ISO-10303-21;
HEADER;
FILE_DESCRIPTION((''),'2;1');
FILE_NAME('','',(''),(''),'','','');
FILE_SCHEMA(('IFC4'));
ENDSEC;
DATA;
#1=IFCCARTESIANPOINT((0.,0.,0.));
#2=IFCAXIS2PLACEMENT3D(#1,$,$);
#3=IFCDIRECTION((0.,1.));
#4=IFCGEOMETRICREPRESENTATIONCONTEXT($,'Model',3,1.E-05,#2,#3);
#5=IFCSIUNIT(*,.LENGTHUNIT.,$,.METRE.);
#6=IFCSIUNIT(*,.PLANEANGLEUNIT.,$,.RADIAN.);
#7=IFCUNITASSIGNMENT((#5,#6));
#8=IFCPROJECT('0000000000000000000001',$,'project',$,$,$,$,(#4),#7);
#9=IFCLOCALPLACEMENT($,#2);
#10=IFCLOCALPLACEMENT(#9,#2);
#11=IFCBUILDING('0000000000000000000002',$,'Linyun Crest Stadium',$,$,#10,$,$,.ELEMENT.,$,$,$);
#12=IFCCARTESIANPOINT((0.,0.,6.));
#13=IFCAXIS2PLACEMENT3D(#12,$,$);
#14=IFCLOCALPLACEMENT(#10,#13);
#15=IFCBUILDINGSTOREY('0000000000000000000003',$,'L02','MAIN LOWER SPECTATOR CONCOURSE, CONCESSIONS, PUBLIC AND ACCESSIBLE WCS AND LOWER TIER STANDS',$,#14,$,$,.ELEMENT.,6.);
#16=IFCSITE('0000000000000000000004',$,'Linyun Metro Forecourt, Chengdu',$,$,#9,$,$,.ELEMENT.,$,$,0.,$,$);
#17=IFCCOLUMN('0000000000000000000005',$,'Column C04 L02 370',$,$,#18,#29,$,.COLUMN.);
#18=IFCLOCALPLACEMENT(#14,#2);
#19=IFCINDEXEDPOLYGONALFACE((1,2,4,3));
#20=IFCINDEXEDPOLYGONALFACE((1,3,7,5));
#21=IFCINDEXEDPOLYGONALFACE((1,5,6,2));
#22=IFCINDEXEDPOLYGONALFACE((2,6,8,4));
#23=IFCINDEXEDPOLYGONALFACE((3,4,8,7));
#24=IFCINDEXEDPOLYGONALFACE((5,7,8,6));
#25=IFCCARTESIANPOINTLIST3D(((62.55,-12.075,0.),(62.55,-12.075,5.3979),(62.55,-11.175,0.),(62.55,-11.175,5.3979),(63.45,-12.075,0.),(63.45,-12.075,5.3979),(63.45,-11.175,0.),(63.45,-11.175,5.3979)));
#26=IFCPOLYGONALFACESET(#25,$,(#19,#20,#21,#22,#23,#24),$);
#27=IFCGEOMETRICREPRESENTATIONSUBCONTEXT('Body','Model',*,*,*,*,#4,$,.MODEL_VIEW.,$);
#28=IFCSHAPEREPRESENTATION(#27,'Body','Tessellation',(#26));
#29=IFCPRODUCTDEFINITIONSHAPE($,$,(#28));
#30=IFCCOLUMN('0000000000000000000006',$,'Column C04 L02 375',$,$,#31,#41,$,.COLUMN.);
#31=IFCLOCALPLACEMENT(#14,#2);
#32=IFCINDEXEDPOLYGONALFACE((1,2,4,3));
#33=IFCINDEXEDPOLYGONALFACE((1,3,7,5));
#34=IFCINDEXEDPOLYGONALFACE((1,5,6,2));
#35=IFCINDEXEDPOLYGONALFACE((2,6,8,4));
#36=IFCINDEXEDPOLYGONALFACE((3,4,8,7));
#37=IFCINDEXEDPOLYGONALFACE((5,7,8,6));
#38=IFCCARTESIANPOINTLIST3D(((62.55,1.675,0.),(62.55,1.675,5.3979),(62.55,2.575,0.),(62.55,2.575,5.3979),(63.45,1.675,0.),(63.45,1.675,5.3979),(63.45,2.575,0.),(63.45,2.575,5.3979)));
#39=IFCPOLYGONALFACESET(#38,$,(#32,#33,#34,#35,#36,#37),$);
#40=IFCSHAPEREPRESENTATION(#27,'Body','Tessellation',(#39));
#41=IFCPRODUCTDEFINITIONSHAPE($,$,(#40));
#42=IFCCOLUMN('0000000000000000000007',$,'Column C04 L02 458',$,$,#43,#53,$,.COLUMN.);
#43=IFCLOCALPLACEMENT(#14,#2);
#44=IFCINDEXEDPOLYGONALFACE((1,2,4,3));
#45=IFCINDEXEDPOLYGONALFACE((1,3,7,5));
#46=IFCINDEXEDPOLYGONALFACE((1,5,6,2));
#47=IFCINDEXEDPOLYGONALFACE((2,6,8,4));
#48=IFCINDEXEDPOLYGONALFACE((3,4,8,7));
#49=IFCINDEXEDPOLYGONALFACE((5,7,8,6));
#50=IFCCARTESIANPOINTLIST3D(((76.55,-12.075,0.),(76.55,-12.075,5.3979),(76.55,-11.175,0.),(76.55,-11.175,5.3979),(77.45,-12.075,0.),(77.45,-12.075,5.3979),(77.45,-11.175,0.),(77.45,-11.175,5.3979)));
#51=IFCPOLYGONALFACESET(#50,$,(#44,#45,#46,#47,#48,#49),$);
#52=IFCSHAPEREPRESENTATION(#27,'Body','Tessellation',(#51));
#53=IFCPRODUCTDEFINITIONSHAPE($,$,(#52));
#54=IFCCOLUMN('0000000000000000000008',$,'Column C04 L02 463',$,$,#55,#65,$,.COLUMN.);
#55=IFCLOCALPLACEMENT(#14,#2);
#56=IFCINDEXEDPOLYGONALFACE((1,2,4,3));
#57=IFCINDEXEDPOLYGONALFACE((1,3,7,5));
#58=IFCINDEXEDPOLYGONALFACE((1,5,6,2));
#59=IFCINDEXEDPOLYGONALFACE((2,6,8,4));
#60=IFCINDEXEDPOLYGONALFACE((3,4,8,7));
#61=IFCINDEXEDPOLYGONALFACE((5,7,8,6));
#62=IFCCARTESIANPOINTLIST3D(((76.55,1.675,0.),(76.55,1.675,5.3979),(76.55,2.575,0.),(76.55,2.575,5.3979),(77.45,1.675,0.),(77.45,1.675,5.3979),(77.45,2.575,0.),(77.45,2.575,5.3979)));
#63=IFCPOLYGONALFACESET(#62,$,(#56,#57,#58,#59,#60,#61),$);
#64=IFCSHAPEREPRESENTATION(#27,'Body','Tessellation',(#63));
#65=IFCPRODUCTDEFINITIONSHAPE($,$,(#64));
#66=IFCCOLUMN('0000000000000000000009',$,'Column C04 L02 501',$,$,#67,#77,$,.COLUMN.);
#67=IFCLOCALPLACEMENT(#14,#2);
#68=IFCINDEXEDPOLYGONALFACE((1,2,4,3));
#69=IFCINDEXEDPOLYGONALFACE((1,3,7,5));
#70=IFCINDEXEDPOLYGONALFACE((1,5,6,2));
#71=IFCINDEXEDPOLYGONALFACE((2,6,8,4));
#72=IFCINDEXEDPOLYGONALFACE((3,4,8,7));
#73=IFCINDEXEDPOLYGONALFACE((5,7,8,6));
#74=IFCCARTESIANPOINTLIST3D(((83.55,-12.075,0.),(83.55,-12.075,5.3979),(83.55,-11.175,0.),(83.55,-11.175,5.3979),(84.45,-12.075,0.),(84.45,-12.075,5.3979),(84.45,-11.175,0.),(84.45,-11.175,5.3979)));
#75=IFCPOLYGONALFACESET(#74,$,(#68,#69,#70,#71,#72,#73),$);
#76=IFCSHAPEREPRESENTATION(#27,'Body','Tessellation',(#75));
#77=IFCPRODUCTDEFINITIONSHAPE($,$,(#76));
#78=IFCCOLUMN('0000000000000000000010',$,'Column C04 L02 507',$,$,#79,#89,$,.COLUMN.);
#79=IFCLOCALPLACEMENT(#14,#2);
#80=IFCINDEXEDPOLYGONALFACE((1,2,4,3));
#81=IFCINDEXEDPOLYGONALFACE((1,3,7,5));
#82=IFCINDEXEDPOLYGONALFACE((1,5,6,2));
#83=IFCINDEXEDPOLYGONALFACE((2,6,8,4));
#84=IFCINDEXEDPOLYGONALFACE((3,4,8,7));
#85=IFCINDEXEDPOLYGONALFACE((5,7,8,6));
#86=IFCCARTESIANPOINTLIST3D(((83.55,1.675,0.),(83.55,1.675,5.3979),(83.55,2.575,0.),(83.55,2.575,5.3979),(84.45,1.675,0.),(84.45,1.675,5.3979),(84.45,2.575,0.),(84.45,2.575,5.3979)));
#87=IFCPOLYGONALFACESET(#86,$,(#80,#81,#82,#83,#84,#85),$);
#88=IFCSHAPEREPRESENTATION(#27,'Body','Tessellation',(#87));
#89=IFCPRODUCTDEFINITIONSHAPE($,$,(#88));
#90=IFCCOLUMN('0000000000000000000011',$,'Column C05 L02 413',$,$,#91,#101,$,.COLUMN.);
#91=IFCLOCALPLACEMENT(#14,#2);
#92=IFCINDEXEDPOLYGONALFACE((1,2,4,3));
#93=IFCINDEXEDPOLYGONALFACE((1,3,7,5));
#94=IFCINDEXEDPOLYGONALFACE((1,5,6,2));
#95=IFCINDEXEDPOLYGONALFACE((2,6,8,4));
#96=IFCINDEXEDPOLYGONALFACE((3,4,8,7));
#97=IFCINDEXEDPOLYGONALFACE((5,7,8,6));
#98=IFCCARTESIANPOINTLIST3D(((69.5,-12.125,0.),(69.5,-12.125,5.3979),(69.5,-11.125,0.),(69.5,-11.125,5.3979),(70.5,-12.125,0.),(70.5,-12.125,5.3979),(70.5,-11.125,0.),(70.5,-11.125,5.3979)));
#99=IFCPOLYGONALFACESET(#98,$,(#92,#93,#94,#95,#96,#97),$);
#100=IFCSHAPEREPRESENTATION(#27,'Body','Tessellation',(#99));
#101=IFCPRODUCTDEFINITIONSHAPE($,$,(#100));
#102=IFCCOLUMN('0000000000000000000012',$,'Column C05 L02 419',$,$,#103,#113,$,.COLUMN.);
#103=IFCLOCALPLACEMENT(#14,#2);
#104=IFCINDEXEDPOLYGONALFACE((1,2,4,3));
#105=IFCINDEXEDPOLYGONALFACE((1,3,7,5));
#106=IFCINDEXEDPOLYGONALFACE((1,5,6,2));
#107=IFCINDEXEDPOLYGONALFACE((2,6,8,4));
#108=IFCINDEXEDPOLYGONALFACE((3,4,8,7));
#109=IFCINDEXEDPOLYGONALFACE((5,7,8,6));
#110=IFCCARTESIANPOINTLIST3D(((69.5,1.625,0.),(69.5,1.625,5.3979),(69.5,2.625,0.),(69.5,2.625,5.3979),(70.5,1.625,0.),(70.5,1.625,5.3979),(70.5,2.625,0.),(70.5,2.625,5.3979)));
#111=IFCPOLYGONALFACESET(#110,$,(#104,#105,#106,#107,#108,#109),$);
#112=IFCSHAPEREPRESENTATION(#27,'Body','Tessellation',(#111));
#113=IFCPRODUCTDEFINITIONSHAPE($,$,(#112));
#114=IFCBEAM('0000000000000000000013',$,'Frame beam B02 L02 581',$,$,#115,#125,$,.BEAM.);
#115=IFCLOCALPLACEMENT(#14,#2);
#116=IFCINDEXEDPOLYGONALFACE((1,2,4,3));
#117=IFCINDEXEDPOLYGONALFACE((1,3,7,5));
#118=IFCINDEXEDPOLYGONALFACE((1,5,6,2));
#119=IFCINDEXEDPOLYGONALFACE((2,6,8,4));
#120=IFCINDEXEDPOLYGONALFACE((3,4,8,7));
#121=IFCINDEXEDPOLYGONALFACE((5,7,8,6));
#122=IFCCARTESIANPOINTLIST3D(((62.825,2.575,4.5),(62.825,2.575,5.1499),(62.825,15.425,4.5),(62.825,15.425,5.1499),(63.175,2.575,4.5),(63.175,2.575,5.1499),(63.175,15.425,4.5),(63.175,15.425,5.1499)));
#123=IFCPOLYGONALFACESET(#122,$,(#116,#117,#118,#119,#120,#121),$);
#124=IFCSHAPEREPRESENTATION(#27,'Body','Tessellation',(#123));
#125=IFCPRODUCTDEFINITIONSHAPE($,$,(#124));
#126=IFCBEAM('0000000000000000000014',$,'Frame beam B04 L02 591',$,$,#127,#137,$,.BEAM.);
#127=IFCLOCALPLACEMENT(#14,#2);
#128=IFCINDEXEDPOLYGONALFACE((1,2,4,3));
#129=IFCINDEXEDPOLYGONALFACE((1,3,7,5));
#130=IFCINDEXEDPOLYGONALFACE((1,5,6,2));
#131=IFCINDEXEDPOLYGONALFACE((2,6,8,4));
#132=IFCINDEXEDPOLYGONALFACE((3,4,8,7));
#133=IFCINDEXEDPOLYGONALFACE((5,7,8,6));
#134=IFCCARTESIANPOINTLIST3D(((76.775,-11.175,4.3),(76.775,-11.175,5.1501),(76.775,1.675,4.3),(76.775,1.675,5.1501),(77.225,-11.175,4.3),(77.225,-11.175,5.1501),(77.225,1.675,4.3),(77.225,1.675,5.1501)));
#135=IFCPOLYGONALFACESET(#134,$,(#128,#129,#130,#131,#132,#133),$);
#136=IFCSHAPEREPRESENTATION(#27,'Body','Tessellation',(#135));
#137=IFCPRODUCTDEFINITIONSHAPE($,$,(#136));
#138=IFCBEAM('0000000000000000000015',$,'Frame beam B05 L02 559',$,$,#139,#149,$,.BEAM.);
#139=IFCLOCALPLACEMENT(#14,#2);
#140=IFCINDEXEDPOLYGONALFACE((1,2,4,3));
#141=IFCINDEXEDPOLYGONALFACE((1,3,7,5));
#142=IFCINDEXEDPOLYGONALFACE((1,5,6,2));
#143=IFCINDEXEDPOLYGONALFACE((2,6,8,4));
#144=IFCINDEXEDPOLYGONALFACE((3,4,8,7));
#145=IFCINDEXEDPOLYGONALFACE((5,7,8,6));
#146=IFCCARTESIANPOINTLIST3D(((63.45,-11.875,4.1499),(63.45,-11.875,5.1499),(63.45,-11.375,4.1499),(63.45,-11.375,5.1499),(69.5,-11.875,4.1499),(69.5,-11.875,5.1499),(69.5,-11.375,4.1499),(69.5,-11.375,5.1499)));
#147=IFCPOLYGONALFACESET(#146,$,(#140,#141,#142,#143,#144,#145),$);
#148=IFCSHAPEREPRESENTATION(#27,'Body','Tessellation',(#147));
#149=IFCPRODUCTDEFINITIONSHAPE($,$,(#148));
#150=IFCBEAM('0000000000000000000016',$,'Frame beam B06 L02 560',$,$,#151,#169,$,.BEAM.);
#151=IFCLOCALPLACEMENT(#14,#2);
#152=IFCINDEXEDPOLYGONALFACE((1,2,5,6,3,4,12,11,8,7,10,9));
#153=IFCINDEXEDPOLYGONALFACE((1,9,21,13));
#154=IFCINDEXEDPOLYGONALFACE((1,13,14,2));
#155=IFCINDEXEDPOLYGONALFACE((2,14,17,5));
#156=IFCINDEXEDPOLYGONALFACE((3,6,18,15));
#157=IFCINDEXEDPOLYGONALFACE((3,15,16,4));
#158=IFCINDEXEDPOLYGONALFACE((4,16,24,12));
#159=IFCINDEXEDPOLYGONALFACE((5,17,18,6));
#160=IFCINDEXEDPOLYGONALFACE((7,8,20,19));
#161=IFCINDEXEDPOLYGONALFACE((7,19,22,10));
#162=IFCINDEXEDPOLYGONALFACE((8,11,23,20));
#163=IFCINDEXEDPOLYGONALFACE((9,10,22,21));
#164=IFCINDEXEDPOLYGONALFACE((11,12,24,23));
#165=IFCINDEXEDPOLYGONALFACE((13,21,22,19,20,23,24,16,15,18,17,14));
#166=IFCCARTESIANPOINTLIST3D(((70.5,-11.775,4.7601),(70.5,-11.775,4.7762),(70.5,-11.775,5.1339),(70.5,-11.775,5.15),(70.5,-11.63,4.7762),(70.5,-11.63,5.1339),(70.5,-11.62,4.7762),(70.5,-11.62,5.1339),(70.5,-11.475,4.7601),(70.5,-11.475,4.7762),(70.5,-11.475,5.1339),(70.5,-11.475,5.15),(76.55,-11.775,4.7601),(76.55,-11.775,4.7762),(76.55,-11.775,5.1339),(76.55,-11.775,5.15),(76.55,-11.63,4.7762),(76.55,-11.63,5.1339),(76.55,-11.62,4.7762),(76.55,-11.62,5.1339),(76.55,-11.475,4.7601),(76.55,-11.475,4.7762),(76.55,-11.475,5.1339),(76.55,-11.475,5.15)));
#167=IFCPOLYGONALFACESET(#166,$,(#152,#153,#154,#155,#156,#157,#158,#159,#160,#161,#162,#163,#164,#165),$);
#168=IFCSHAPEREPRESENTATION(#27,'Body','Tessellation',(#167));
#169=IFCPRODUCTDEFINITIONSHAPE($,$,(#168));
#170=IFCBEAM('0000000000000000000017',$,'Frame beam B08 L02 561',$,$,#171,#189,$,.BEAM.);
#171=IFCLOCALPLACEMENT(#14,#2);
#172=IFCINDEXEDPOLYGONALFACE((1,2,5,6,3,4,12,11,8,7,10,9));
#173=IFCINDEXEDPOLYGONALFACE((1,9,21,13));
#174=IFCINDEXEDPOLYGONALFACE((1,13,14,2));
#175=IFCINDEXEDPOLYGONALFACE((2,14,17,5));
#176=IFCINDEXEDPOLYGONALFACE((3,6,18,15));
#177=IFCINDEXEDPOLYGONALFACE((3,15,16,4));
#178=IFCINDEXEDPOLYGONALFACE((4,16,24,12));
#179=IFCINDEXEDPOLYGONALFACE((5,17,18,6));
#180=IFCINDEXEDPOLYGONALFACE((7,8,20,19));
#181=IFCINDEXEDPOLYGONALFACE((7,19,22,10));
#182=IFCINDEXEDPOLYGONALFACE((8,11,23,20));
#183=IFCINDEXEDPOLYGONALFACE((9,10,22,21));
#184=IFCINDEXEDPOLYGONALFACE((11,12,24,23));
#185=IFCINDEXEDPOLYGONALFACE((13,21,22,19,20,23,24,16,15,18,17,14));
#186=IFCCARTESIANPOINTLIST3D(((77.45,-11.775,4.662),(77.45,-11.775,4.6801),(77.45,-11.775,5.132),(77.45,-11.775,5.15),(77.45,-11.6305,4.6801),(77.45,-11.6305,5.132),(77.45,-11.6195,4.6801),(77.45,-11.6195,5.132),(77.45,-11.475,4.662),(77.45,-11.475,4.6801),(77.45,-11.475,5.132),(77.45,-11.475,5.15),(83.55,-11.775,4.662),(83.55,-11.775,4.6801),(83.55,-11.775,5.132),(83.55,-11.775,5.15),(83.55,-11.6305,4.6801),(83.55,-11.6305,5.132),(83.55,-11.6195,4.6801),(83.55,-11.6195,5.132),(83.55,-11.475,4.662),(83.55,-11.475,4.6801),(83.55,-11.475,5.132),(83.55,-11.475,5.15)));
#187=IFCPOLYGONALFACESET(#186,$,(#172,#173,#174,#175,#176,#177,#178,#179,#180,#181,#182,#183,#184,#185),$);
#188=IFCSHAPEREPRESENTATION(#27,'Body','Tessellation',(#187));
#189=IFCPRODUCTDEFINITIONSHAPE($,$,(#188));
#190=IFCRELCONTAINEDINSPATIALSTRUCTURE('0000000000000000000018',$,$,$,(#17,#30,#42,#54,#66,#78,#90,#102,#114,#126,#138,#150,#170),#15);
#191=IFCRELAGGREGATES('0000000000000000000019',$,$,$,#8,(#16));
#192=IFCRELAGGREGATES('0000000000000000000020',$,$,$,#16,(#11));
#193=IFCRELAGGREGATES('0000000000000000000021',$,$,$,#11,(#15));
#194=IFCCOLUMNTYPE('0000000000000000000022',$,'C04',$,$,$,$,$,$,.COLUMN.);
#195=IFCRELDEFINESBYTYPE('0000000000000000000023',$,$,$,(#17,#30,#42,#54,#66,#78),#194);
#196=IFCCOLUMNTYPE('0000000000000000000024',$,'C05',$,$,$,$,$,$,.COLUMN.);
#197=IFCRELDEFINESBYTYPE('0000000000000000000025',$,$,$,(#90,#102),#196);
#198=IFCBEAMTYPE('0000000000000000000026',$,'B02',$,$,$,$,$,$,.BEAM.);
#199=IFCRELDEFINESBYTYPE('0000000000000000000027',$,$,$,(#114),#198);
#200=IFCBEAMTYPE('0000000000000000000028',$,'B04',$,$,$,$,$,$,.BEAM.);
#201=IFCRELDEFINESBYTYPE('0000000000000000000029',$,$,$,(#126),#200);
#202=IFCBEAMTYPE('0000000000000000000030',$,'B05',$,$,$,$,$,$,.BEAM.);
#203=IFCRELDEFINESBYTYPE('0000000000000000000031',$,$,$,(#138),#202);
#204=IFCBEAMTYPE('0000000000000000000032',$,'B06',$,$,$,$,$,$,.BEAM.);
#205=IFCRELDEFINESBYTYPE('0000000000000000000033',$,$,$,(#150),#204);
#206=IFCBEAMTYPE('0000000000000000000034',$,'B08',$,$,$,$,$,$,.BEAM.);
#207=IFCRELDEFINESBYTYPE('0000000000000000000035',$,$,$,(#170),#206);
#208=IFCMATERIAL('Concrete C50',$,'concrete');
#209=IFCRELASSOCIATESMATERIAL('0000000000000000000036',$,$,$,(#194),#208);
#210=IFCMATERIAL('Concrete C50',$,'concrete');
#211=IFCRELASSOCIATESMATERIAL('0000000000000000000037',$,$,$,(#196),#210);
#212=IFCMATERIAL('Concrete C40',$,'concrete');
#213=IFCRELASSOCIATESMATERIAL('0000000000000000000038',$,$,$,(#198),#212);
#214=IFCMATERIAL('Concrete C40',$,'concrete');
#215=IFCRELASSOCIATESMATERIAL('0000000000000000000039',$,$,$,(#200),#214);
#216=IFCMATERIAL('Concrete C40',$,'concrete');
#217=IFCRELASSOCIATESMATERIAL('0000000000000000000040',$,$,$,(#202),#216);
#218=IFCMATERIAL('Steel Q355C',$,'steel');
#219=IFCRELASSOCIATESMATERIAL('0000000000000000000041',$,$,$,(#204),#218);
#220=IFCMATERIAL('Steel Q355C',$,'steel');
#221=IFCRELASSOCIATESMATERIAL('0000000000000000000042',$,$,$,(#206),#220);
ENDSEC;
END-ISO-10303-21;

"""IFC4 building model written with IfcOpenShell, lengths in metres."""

from ifc_helpers import new_model, si_unit, direction, frame, origin, origin_2d, place, context, subcontext, project, spatial, rectangle, i_section, extrude, material, material_profile, profile_set, type_object, element, save


model = new_model("IFC4")

# Units and contexts
model_context = context("Model", 3, precision=1e-05, world=origin(), true_north=direction((0.0, 1.0)))
body_context = subcontext(model_context, "Body", "Model", "MODEL_VIEW")
ifc_project = project(units=[si_unit("LENGTHUNIT", "METRE"), si_unit("PLANEANGLEUNIT", "RADIAN")], contexts=[model_context])

# Site, building, storey
site_placement = place(None, origin())
site = spatial("IfcSite", under=ifc_project, at=site_placement, Name="Linyun Metro Forecourt, Chengdu", CompositionType="ELEMENT", RefElevation=0.0)
building_placement = place(site_placement, origin())
building = spatial("IfcBuilding", under=site, at=building_placement, Name="Linyun Crest Stadium", CompositionType="ELEMENT")
storey_placement = place(building_placement, frame((0.0, 0.0, 6.0)))
storey = spatial("IfcBuildingStorey", under=building, at=storey_placement, Name="L02", Description="MAIN LOWER SPECTATOR CONCOURSE, CONCESSIONS, PUBLIC AND ACCESSIBLE WCS AND LOWER TIER STANDS", CompositionType="ELEMENT", Elevation=6.0)

# Columns
ifc_material_1 = material(Name="Concrete C50", Category="concrete")
ifc_material_profile_1 = material_profile(ifc_material_1, rectangle(XDim=0.8999, YDim=0.8999, at=origin_2d()), Name="RC 900x900")
ifc_profile_set_1 = profile_set([ifc_material_profile_1], Name="Concrete C50")
column_type_1 = type_object("IfcColumnType", Name="C04", PredefinedType="COLUMN", material=ifc_profile_set_1)
for number, where, z_axis, x_axis, name in (
    (1, (63.0, -11.625, 0.0), (0.0, 0.0, 1.0), (1.0, 0.0, 0.0), "Column C04 L02 370"),
    (2, (63.0, 2.125, 0.0), (0.0, 0.0, 1.0), (1.0, 0.0, 0.0), "Column C04 L02 375"),
    (3, (77.0, -11.625, 0.0), (0.0, 0.0, 1.0), (1.0, 0.0, 0.0), "Column C04 L02 458"),
    (4, (77.0, 2.125, 0.0), (0.0, 0.0, 1.0), (1.0, 0.0, 0.0), "Column C04 L02 463"),
    (5, (84.0, -11.625, 0.0), (0.0, 0.0, 1.0), (1.0, 0.0, 0.0), "Column C04 L02 501"),
    (6, (84.0, 2.125, 0.0), (0.0, 0.0, 1.0), (1.0, 0.0, 0.0), "Column C04 L02 507"),
):
    element("IfcColumn", number, at=place(storey_placement, frame(where, z_axis=z_axis, x_axis=x_axis)), inside=storey, type_object=column_type_1, Name=name, PredefinedType="COLUMN", context=body_context, shape_type="SweptSolid", body=[
        extrude(rectangle(XDim=0.8999, YDim=0.8999, at=origin_2d()), origin(), (0.0, 0.0, 1.0), 5.3979),
    ])
ifc_material_2 = material(Name="Concrete C50", Category="concrete")
ifc_material_profile_2 = material_profile(ifc_material_2, rectangle(XDim=1.0, YDim=1.0, at=origin_2d()), Name="RC 1000x1000")
ifc_profile_set_2 = profile_set([ifc_material_profile_2], Name="Concrete C50")
column_type_2 = type_object("IfcColumnType", Name="C05", PredefinedType="COLUMN", material=ifc_profile_set_2)
for number, where, z_axis, x_axis, name in (
    (7, (70.0, -11.625, 0.0), (0.0, 0.0, 1.0), (1.0, 0.0, 0.0), "Column C05 L02 413"),
    (8, (70.0, 2.125, 0.0), (0.0, 0.0, 1.0), (1.0, 0.0, 0.0), "Column C05 L02 419"),
):
    element("IfcColumn", number, at=place(storey_placement, frame(where, z_axis=z_axis, x_axis=x_axis)), inside=storey, type_object=column_type_2, Name=name, PredefinedType="COLUMN", context=body_context, shape_type="SweptSolid", body=[
        extrude(rectangle(XDim=1.0, YDim=1.0, at=origin_2d()), origin(), (0.0, 0.0, 1.0), 5.3979),
    ])

# Beams
ifc_material_3 = material(Name="Concrete C40", Category="concrete")
ifc_material_profile_3 = material_profile(ifc_material_3, rectangle(XDim=0.3501, YDim=0.6499, at=origin_2d()), Name="RCB 650x350")
ifc_profile_set_3 = profile_set([ifc_material_profile_3], Name="Concrete C40")
beam_type_1 = type_object("IfcBeamType", Name="B02", PredefinedType="BEAM", material=ifc_profile_set_3)
beam_1_placement = place(storey_placement, frame((63.0, 2.575, 4.825), z_axis=(0.0, 1.0, 0.0), x_axis=(-1.0, 0.0, 0.0)))
element("IfcBeam", 9, at=beam_1_placement, inside=storey, type_object=beam_type_1, Name="Frame beam B02 L02 581", PredefinedType="BEAM", context=body_context, shape_type="SweptSolid", body=[
    extrude(rectangle(XDim=0.3501, YDim=0.6499, at=origin_2d()), origin(), (0.0, 0.0, 1.0), 12.8501),
])
ifc_material_4 = material(Name="Concrete C40", Category="concrete")
ifc_material_profile_4 = material_profile(ifc_material_4, rectangle(XDim=0.45, YDim=0.8501, at=origin_2d()), Name="RCB 850x450")
ifc_profile_set_4 = profile_set([ifc_material_profile_4], Name="Concrete C40")
beam_type_2 = type_object("IfcBeamType", Name="B04", PredefinedType="BEAM", material=ifc_profile_set_4)
beam_2_placement = place(storey_placement, frame((77.0, -11.175, 4.7251), z_axis=(0.0, 1.0, 0.0), x_axis=(-1.0, 0.0, 0.0)))
element("IfcBeam", 10, at=beam_2_placement, inside=storey, type_object=beam_type_2, Name="Frame beam B04 L02 591", PredefinedType="BEAM", context=body_context, shape_type="SweptSolid", body=[
    extrude(rectangle(XDim=0.45, YDim=0.8501, at=origin_2d()), origin(), (0.0, 0.0, 1.0), 12.8501),
])
ifc_material_5 = material(Name="Concrete C40", Category="concrete")
ifc_material_profile_5 = material_profile(ifc_material_5, rectangle(XDim=0.5, YDim=1.0, at=origin_2d()), Name="RCB 1000x500")
ifc_profile_set_5 = profile_set([ifc_material_profile_5], Name="Concrete C40")
beam_type_3 = type_object("IfcBeamType", Name="B05", PredefinedType="BEAM", material=ifc_profile_set_5)
beam_3_placement = place(storey_placement, frame((63.45, -11.625, 4.6499), z_axis=(1.0, 0.0, 0.0), x_axis=(0.0, 1.0, 0.0)))
element("IfcBeam", 11, at=beam_3_placement, inside=storey, type_object=beam_type_3, Name="Frame beam B05 L02 559", PredefinedType="BEAM", context=body_context, shape_type="SweptSolid", body=[
    extrude(rectangle(XDim=0.5, YDim=1.0, at=origin_2d()), origin(), (0.0, 0.0, 1.0), 6.05),
])
ifc_material_6 = material(Name="Steel Q355C", Category="steel")
ifc_material_profile_6 = material_profile(ifc_material_6, i_section(OverallWidth=0.3, OverallDepth=0.3899, WebThickness=0.01, FlangeThickness=0.0161, at=origin_2d()), Name="HM 390x300")
ifc_profile_set_6 = profile_set([ifc_material_profile_6], Name="Steel Q355C")
beam_type_4 = type_object("IfcBeamType", Name="B06", PredefinedType="BEAM", material=ifc_profile_set_6)
beam_4_placement = place(storey_placement, frame((70.5, -11.625, 4.9551), z_axis=(1.0, 0.0, 0.0), x_axis=(0.0, 1.0, 0.0)))
element("IfcBeam", 12, at=beam_4_placement, inside=storey, type_object=beam_type_4, Name="Frame beam B06 L02 560", PredefinedType="BEAM", context=body_context, shape_type="SweptSolid", body=[
    extrude(i_section(OverallWidth=0.3, OverallDepth=0.3899, WebThickness=0.01, FlangeThickness=0.0161, at=origin_2d()), origin(), (0.0, 0.0, 1.0), 6.05),
])
ifc_material_7 = material(Name="Steel Q355C", Category="steel")
ifc_material_profile_7 = material_profile(ifc_material_7, i_section(OverallWidth=0.3, OverallDepth=0.488, WebThickness=0.011, FlangeThickness=0.0181, at=origin_2d()), Name="HM 488x300")
ifc_profile_set_7 = profile_set([ifc_material_profile_7], Name="Steel Q355C")
beam_type_5 = type_object("IfcBeamType", Name="B08", PredefinedType="BEAM", material=ifc_profile_set_7)
beam_5_placement = place(storey_placement, frame((77.45, -11.625, 4.906), z_axis=(1.0, 0.0, 0.0), x_axis=(0.0, 1.0, 0.0)))
element("IfcBeam", 13, at=beam_5_placement, inside=storey, type_object=beam_type_5, Name="Frame beam B08 L02 561", PredefinedType="BEAM", context=body_context, shape_type="SweptSolid", body=[
    extrude(i_section(OverallWidth=0.3, OverallDepth=0.488, WebThickness=0.011, FlangeThickness=0.0181, at=origin_2d()), origin(), (0.0, 0.0, 1.0), 6.1001),
])

save(model, "model.ifc")
